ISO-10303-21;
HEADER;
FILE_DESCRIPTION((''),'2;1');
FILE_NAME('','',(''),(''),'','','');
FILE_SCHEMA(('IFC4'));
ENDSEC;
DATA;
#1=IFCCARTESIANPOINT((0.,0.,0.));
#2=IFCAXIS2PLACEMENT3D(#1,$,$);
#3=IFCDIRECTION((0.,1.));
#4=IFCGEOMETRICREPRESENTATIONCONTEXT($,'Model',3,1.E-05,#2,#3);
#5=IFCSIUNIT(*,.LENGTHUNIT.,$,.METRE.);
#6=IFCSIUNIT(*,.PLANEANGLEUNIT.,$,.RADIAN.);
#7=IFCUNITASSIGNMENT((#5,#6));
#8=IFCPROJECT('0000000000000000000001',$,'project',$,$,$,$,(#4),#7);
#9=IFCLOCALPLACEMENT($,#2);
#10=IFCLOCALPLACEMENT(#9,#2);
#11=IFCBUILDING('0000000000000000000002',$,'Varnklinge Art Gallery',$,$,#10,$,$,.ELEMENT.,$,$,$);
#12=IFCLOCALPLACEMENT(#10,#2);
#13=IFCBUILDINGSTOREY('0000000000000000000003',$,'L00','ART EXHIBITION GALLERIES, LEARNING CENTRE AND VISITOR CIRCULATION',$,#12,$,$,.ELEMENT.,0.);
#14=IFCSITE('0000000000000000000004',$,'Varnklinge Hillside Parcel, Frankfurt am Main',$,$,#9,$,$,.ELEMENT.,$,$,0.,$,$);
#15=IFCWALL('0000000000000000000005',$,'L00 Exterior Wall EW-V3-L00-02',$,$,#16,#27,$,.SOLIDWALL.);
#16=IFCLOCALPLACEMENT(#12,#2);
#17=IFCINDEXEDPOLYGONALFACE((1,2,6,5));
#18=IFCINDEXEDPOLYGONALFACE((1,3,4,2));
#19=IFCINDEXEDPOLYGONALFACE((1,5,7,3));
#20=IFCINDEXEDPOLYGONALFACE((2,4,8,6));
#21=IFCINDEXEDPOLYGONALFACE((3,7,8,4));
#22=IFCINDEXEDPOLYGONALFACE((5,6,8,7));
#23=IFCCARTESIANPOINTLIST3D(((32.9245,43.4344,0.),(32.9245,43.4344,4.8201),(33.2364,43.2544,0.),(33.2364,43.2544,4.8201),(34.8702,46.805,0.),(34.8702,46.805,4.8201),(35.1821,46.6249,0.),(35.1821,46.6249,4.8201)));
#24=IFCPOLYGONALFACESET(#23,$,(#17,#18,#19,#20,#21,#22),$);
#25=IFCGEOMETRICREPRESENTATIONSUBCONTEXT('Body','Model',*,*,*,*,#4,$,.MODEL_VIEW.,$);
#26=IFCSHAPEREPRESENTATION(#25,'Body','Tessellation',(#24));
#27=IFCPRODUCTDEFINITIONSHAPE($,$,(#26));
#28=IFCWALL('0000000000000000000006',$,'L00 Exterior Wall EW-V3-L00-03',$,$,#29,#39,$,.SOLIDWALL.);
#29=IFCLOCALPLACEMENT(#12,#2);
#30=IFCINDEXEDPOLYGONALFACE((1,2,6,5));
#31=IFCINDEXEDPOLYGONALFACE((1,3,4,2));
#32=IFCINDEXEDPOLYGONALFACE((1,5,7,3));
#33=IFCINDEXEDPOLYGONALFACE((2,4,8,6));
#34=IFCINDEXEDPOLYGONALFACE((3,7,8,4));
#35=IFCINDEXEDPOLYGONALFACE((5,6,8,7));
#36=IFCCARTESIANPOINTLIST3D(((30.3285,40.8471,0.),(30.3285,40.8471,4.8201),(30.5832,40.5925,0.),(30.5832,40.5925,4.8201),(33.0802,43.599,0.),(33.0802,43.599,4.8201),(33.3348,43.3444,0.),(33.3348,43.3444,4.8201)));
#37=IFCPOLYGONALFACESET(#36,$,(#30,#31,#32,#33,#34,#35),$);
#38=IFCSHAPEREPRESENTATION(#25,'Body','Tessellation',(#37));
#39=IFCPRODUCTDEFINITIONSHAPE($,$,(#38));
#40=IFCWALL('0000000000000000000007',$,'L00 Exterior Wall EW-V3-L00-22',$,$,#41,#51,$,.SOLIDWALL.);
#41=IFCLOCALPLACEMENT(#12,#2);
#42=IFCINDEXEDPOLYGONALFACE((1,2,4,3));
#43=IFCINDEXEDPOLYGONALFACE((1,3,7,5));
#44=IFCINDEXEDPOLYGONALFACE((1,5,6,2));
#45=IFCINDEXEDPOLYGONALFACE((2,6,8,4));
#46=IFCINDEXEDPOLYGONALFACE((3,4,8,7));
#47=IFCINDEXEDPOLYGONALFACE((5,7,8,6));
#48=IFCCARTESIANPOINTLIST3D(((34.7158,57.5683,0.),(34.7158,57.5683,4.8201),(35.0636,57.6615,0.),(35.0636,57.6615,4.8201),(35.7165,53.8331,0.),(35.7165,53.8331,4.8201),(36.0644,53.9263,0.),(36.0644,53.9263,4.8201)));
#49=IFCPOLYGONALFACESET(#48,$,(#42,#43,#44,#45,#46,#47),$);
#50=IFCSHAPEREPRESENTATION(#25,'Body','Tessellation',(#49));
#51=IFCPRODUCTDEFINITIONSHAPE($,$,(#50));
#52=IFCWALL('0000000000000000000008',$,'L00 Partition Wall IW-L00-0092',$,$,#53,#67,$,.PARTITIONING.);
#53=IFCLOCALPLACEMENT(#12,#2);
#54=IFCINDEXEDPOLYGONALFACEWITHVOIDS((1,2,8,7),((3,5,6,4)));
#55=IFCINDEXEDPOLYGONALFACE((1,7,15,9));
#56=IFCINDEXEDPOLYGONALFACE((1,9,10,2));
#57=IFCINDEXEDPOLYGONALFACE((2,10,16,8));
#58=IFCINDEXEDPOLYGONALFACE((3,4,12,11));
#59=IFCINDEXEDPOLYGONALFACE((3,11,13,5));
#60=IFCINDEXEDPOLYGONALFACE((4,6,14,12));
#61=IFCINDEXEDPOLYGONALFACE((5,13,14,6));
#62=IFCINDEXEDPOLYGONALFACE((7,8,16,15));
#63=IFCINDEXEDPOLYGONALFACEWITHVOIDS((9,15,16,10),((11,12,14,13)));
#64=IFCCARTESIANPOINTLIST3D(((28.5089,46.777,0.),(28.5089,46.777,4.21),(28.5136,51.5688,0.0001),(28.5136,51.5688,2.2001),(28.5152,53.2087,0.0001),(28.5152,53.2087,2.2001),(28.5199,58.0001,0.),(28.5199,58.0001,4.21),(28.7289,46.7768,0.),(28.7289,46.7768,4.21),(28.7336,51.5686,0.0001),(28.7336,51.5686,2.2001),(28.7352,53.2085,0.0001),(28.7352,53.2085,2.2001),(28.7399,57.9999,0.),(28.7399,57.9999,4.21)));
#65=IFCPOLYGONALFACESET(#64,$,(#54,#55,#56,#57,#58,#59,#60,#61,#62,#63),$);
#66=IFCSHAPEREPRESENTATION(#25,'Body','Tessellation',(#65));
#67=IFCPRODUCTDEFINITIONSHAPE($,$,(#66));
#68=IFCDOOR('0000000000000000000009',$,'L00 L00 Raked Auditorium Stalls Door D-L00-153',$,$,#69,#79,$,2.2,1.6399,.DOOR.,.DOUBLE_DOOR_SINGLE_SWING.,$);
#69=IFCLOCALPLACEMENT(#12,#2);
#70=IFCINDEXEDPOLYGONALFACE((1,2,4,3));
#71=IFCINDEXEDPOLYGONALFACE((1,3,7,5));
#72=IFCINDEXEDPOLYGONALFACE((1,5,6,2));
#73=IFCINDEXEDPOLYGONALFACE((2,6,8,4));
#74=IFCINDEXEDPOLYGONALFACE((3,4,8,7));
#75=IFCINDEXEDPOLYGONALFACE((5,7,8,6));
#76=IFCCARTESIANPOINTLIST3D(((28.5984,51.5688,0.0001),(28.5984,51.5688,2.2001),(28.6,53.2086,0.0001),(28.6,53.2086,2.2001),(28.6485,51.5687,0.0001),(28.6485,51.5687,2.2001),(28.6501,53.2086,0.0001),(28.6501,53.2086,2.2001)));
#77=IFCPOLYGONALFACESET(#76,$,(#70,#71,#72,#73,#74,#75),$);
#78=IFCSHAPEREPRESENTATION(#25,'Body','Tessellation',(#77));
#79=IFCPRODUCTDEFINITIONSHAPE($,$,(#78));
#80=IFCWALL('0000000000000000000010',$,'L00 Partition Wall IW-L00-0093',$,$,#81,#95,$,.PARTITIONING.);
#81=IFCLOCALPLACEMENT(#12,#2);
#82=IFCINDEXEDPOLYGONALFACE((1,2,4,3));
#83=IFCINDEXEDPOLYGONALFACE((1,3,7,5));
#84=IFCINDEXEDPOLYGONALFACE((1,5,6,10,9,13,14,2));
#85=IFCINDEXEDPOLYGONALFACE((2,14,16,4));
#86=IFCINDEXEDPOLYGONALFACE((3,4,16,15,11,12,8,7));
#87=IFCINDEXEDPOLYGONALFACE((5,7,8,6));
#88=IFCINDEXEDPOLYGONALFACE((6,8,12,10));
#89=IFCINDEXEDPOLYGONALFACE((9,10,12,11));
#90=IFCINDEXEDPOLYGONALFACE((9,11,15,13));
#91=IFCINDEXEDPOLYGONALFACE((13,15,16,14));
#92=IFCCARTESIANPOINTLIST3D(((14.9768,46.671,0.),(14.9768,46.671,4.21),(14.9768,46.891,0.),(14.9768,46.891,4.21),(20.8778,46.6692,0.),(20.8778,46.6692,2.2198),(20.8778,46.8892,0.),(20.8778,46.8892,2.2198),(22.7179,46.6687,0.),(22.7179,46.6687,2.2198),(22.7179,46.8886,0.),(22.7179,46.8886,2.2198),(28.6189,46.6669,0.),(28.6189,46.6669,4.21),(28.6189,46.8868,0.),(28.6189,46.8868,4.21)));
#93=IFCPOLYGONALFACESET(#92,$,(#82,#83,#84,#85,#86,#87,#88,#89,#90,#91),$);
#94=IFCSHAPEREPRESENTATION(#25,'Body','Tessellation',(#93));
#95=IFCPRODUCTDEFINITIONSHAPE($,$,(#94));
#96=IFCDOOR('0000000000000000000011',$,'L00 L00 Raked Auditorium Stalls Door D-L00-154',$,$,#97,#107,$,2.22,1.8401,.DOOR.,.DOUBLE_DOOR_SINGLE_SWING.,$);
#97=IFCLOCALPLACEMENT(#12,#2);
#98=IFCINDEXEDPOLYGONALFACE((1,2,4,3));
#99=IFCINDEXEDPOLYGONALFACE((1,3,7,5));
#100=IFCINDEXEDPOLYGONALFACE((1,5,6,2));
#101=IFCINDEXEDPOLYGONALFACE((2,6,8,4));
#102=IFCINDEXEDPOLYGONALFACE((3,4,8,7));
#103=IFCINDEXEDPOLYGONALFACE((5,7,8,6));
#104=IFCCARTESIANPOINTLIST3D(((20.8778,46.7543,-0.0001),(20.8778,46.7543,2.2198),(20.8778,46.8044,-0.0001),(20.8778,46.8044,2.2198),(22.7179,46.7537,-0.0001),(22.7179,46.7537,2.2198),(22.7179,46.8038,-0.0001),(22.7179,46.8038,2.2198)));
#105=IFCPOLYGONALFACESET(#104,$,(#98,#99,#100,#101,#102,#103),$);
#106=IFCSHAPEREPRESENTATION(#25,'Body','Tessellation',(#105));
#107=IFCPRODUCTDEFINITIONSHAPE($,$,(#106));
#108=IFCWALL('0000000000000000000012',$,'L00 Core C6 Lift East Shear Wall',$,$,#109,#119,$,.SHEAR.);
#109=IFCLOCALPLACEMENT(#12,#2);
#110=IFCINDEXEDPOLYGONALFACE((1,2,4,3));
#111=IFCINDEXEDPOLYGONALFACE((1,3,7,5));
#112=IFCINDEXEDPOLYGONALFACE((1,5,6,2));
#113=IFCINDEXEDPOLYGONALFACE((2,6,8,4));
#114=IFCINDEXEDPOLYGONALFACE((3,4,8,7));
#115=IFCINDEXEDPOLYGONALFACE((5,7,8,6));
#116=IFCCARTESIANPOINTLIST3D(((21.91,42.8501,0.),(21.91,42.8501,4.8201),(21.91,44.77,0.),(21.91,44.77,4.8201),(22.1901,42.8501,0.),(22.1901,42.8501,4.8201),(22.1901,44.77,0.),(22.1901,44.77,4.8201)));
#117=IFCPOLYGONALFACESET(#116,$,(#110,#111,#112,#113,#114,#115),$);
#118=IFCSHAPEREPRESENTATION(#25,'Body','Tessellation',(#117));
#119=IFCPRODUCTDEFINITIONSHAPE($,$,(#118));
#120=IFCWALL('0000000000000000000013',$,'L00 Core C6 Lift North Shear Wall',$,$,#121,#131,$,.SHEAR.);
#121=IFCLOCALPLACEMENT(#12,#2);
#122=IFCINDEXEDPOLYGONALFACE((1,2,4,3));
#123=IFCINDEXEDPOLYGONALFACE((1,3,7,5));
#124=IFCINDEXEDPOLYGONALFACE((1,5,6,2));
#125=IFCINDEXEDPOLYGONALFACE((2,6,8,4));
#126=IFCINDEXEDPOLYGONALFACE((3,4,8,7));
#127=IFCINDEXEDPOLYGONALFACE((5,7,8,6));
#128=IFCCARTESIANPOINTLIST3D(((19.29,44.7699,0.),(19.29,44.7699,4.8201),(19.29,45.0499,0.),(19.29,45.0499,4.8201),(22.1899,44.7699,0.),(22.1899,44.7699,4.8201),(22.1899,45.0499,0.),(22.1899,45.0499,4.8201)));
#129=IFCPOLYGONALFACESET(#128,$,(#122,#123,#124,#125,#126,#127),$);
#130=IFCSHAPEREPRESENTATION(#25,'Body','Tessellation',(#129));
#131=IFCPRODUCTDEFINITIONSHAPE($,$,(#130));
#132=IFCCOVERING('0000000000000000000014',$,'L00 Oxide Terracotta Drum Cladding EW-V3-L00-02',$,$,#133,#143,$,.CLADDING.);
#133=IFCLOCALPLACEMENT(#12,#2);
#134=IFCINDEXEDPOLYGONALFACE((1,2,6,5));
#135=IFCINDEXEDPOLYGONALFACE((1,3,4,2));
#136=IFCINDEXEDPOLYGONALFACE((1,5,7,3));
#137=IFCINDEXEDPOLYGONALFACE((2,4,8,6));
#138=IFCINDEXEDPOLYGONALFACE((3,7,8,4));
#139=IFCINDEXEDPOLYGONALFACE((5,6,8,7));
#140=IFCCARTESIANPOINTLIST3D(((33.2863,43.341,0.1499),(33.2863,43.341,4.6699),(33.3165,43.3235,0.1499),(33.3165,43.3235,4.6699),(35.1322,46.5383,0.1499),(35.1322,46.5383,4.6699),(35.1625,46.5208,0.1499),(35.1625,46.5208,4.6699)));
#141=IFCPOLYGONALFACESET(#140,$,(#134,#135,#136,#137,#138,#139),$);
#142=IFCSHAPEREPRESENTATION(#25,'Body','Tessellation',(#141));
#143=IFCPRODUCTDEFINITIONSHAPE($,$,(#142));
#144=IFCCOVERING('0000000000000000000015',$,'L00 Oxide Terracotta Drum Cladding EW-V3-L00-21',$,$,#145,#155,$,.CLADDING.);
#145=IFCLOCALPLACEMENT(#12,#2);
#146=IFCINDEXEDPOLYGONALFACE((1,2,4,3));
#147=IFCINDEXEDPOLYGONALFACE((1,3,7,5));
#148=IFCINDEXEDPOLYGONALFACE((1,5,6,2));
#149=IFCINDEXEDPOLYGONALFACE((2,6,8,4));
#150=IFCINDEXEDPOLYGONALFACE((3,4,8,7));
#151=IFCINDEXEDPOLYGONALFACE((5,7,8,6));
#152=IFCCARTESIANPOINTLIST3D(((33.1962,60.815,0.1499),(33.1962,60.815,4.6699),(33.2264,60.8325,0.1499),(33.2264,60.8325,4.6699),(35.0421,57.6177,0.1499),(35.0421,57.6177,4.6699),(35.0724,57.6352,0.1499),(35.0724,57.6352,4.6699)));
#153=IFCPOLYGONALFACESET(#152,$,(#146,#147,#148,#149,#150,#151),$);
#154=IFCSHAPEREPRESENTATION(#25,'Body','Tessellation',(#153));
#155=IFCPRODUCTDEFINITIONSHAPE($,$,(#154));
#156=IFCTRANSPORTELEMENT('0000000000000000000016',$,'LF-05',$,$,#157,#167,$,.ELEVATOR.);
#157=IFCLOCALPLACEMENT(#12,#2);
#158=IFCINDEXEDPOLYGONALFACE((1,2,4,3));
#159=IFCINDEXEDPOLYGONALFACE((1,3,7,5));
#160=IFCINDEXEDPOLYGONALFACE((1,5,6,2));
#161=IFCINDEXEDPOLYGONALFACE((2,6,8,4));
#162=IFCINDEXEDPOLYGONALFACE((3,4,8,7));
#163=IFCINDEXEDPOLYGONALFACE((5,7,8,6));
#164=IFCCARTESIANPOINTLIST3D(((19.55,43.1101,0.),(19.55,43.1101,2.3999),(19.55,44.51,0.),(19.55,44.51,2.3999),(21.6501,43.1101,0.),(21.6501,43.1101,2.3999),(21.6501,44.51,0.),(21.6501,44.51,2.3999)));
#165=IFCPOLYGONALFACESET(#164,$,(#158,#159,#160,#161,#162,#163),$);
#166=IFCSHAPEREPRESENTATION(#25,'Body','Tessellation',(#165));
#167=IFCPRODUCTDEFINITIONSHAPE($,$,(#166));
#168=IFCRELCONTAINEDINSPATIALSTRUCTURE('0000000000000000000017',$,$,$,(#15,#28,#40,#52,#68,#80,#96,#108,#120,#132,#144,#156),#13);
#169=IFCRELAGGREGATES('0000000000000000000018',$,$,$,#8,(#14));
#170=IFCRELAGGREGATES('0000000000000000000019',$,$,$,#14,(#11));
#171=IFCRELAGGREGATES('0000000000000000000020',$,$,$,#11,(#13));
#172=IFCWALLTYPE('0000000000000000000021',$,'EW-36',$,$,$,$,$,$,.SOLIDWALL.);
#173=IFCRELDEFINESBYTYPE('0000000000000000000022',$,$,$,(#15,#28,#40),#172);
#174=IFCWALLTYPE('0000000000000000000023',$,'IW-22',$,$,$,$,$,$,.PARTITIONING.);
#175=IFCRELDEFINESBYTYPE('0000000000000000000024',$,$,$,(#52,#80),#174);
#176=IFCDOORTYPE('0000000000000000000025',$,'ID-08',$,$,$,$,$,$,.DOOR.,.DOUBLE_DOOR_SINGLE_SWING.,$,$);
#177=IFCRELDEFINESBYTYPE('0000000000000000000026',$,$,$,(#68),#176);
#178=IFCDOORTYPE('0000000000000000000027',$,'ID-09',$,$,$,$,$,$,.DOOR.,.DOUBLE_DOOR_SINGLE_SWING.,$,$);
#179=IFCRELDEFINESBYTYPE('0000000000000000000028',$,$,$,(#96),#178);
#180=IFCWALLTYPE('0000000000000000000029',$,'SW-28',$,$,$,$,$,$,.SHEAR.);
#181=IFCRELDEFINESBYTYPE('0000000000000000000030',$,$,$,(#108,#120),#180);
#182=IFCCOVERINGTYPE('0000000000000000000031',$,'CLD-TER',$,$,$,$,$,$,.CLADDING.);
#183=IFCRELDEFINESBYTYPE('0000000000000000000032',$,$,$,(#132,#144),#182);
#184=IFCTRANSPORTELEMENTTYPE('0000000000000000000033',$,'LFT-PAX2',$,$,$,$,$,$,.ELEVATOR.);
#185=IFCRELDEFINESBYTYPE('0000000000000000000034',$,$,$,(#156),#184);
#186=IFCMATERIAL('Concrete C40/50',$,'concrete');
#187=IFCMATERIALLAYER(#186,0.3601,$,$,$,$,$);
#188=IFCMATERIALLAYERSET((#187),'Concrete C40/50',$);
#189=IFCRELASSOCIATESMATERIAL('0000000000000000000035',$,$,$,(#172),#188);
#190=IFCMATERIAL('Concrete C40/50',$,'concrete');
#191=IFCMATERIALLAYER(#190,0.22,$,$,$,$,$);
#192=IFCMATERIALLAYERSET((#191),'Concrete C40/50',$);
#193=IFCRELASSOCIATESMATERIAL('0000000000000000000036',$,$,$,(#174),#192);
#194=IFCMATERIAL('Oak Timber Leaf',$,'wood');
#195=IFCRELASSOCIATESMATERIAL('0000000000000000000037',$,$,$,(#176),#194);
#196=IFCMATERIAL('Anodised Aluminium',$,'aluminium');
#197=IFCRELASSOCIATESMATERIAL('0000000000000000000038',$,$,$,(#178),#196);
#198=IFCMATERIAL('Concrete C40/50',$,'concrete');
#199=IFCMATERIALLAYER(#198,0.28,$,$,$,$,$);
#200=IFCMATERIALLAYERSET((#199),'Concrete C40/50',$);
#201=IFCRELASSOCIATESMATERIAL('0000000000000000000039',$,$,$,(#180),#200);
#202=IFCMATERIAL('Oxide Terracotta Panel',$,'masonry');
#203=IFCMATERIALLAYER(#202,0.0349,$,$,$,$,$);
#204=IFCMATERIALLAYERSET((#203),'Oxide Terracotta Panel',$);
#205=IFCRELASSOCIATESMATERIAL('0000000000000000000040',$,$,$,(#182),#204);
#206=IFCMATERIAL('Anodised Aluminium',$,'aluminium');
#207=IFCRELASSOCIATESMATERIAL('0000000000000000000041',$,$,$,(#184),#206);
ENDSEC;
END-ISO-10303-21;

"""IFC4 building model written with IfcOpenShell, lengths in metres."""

from ifc_helpers import new_model, si_unit, direction, frame, frame_2d, origin, origin_2d, place, context, subcontext, project, spatial, rectangle, extrude, material, layer, layer_set, type_object, element, fill, save


model = new_model("IFC4")

# Units and contexts
model_context = context("Model", 3, precision=1e-05, world=origin(), true_north=direction((0.0, 1.0)))
body_context = subcontext(model_context, "Body", "Model", "MODEL_VIEW")
ifc_project = project(units=[si_unit("LENGTHUNIT", "METRE"), si_unit("PLANEANGLEUNIT", "RADIAN")], contexts=[model_context])

# Site, building, storey
site_placement = place(None, origin())
site = spatial("IfcSite", under=ifc_project, at=site_placement, Name="Varnklinge Hillside Parcel, Frankfurt am Main", CompositionType="ELEMENT", RefElevation=0.0)
building_placement = place(site_placement, origin())
building = spatial("IfcBuilding", under=site, at=building_placement, Name="Varnklinge Art Gallery", CompositionType="ELEMENT")
storey_placement = place(building_placement, origin())
storey = spatial("IfcBuildingStorey", under=building, at=storey_placement, Name="L00", Description="ART EXHIBITION GALLERIES, LEARNING CENTRE AND VISITOR CIRCULATION", CompositionType="ELEMENT", Elevation=0.0)

# Walls
ifc_material_1 = material(Name="Concrete C40/50", Category="concrete")
ifc_layer_1 = layer(ifc_material_1, 0.3601)
ifc_layer_set_1 = layer_set([ifc_layer_1], Name="Concrete C40/50")
wall_type_1 = type_object("IfcWallType", Name="EW-36", PredefinedType="SOLIDWALL", material=ifc_layer_set_1)
wall_1_placement = place(storey_placement, frame((35.0261, 46.7148, 0.0), z_axis=(0.0, 0.0, 1.0), x_axis=(-0.499958, -0.86605, 0.0)))
element("IfcWall", 1, at=wall_1_placement, inside=storey, type_object=wall_type_1, Name="L00 Exterior Wall EW-V3-L00-02", PredefinedType="SOLIDWALL", context=body_context, shape_type="SweptSolid", body=[
    extrude(rectangle(XDim=3.8918, YDim=0.3601, at=frame_2d((1.9458, 0.0))), origin(), (0.0, 0.0, 1.0), 4.8201),
])
wall_2_placement = place(storey_placement, frame((33.2075, 43.4717, 0.0), z_axis=(0.0, 0.0, 1.0), x_axis=(-0.707075, -0.707138, 0.0)))
element("IfcWall", 2, at=wall_2_placement, inside=storey, type_object=wall_type_1, Name="L00 Exterior Wall EW-V3-L00-03", PredefinedType="SOLIDWALL", context=body_context, shape_type="SweptSolid", body=[
    extrude(rectangle(XDim=3.8916, YDim=0.3601, at=frame_2d((1.9458, 0.0))), origin(), (0.0, 0.0, 1.0), 4.8201),
])
wall_3_placement = place(storey_placement, frame((34.8896, 57.615, 0.0), z_axis=(0.0, 0.0, 1.0), x_axis=(0.258798, -0.965931, 0.0)))
element("IfcWall", 3, at=wall_3_placement, inside=storey, type_object=wall_type_1, Name="L00 Exterior Wall EW-V3-L00-22", PredefinedType="SOLIDWALL", context=body_context, shape_type="SweptSolid", body=[
    extrude(rectangle(XDim=3.8669, YDim=0.3601, at=frame_2d((1.9336, 0.0))), origin(), (0.0, 0.0, 1.0), 4.8201),
])

# Walls, openings, doors
ifc_material_2 = material(Name="Concrete C40/50", Category="concrete")
ifc_layer_2 = layer(ifc_material_2, 0.22)
ifc_layer_set_2 = layer_set([ifc_layer_2], Name="Concrete C40/50")
wall_type_2 = type_object("IfcWallType", Name="IW-22", PredefinedType="PARTITIONING", material=ifc_layer_set_2)
wall_4_placement = place(storey_placement, frame((28.6299, 58.0, 0.0), z_axis=(0.0, 0.0, 1.0), x_axis=(-0.000979, -1.0, 0.0)))
wall_4 = element("IfcWall", 4, at=wall_4_placement, inside=storey, type_object=wall_type_2, Name="L00 Partition Wall IW-L00-0092", PredefinedType="PARTITIONING", context=body_context, shape_type="SweptSolid", body=[
    extrude(rectangle(XDim=11.2231, YDim=0.22, at=frame_2d((5.6116, 0.0))), origin(), (0.0, 0.0, 1.0), 4.21),
])
opening_1_placement = place(wall_4_placement, frame((4.7915, 0.0, 0.0)))
opening_1 = element("IfcOpeningElement", 5, at=opening_1_placement, cuts=wall_4, PredefinedType="OPENING", context=body_context, shape_type="SweptSolid", body=[
    extrude(rectangle(XDim=1.6399, YDim=2.2, at=frame_2d((0.8198, 1.1001))), frame((0.0, 0.1199, 0.0), z_axis=(0.0, -1.0, 0.0), x_axis=(1.0, 0.0, 0.0)), (0.0, 0.0, 1.0), 0.24),
])
ifc_material_3 = material(Name="Oak Timber Leaf", Category="wood")
door_type_1 = type_object("IfcDoorType", Name="ID-08", OperationType="DOUBLE_DOOR_SINGLE_SWING", PredefinedType="DOOR", material=ifc_material_3)
door_1_placement = place(opening_1_placement, origin())
door_1 = element("IfcDoor", 6, at=door_1_placement, inside=storey, type_object=door_type_1, Name="L00 L00 Raked Auditorium Stalls Door D-L00-153", OperationType="DOUBLE_DOOR_SINGLE_SWING", OverallHeight=2.2, OverallWidth=1.6399, PredefinedType="DOOR", context=body_context, shape_type="SweptSolid", body=[
    extrude(rectangle(XDim=1.6399, YDim=2.2, at=frame_2d((0.8198, 1.1001))), frame((0.0, 0.0249, 0.0), z_axis=(0.0, -1.0, 0.0), x_axis=(1.0, 0.0, 0.0)), (0.0, 0.0, 1.0), 0.05),
])
fill(opening_1, door_1)
wall_5_placement = place(storey_placement, frame((28.6189, 46.7769, 0.0), z_axis=(0.0, 0.0, 1.0), x_axis=(-1.0, 0.000304, 0.0)))
wall_5 = element("IfcWall", 7, at=wall_5_placement, inside=storey, type_object=wall_type_2, Name="L00 Partition Wall IW-L00-0093", PredefinedType="PARTITIONING", context=body_context, shape_type="SweptSolid", body=[
    extrude(rectangle(XDim=13.6421, YDim=0.22, at=frame_2d((6.821, 0.0))), origin(), (0.0, 0.0, 1.0), 4.21),
])
opening_2_placement = place(wall_5_placement, frame((5.9011, 0.0, 0.0)))
opening_2 = element("IfcOpeningElement", 8, at=opening_2_placement, cuts=wall_5, PredefinedType="OPENING", context=body_context, shape_type="SweptSolid", body=[
    extrude(rectangle(XDim=1.8401, YDim=2.22, at=frame_2d((0.9199, 1.1099))), frame((0.0, 0.1199, 0.0), z_axis=(0.0, -1.0, 0.0), x_axis=(1.0, 0.0, 0.0)), (0.0, 0.0, 1.0), 0.24),
])
ifc_material_4 = material(Name="Anodised Aluminium", Category="aluminium")
door_type_2 = type_object("IfcDoorType", Name="ID-09", OperationType="DOUBLE_DOOR_SINGLE_SWING", PredefinedType="DOOR", material=ifc_material_4)
door_2_placement = place(opening_2_placement, origin())
door_2 = element("IfcDoor", 9, at=door_2_placement, inside=storey, type_object=door_type_2, Name="L00 L00 Raked Auditorium Stalls Door D-L00-154", OperationType="DOUBLE_DOOR_SINGLE_SWING", OverallHeight=2.22, OverallWidth=1.8401, PredefinedType="DOOR", context=body_context, shape_type="SweptSolid", body=[
    extrude(rectangle(XDim=1.8401, YDim=2.22, at=frame_2d((0.9199, 1.1099))), frame((0.0, 0.0249, 0.0), z_axis=(0.0, -1.0, 0.0), x_axis=(1.0, 0.0, 0.0)), (0.0, 0.0, 1.0), 0.05),
])
fill(opening_2, door_2)

# Walls
ifc_material_5 = material(Name="Concrete C40/50", Category="concrete")
ifc_layer_3 = layer(ifc_material_5, 0.28)
ifc_layer_set_3 = layer_set([ifc_layer_3], Name="Concrete C40/50")
wall_type_3 = type_object("IfcWallType", Name="SW-28", PredefinedType="SHEAR", material=ifc_layer_set_3)
wall_6_placement = place(storey_placement, frame((22.05, 42.8501, 0.0), z_axis=(0.0, 0.0, 1.0), x_axis=(0.0, 1.0, 0.0)))
element("IfcWall", 10, at=wall_6_placement, inside=storey, type_object=wall_type_3, Name="L00 Core C6 Lift East Shear Wall", PredefinedType="SHEAR", context=body_context, shape_type="SweptSolid", body=[
    extrude(rectangle(XDim=1.9199, YDim=0.28, at=frame_2d((0.96, 0.0))), origin(), (0.0, 0.0, 1.0), 4.8201),
])
wall_7_placement = place(storey_placement, frame((22.1899, 44.9099, 0.0), z_axis=(0.0, 0.0, 1.0), x_axis=(-1.0, 0.0, 0.0)))
element("IfcWall", 11, at=wall_7_placement, inside=storey, type_object=wall_type_3, Name="L00 Core C6 Lift North Shear Wall", PredefinedType="SHEAR", context=body_context, shape_type="SweptSolid", body=[
    extrude(rectangle(XDim=2.8999, YDim=0.28, at=frame_2d((1.45, 0.0))), origin(), (0.0, 0.0, 1.0), 4.8201),
])

# Coverings
ifc_material_6 = material(Name="Oxide Terracotta Panel", Category="masonry")
ifc_layer_4 = layer(ifc_material_6, 0.0349)
ifc_layer_set_4 = layer_set([ifc_layer_4], Name="Oxide Terracotta Panel")
covering_type = type_object("IfcCoveringType", Name="CLD-TER", PredefinedType="CLADDING", material=ifc_layer_set_4)
for number, where, z_axis, x_axis, name in (
    (12, (34.2244, 44.9309, 0.1499), (0.0, 0.0, 1.0), (-0.5, -0.866025, 0.0), "L00 Oxide Terracotta Drum Cladding EW-V3-L00-02"),
    (13, (34.1343, 59.2251, 0.1499), (0.0, 0.0, 1.0), (0.5, -0.866025, 0.0), "L00 Oxide Terracotta Drum Cladding EW-V3-L00-21"),
):
    element("IfcCovering", number, at=place(storey_placement, frame(where, z_axis=z_axis, x_axis=x_axis)), inside=storey, type_object=covering_type, Name=name, PredefinedType="CLADDING", context=body_context, shape_type="SweptSolid", body=[
        extrude(rectangle(XDim=3.6919, YDim=0.0349, at=origin_2d()), origin(), (0.0, 0.0, 1.0), 4.52),
    ])

# Transport element
ifc_material_7 = material(Name="Anodised Aluminium", Category="aluminium")
transport_element_type = type_object("IfcTransportElementType", Name="LFT-PAX2", PredefinedType="ELEVATOR", material=ifc_material_7)
transport_element_placement = place(storey_placement, frame((20.6001, 43.8101, 0.0), z_axis=(0.0, 0.0, 1.0), x_axis=(1.0, 0.0, 0.0)))
element("IfcTransportElement", 14, at=transport_element_placement, inside=storey, type_object=transport_element_type, Name="LF-05", PredefinedType="ELEVATOR", context=body_context, shape_type="SweptSolid", body=[
    extrude(rectangle(XDim=2.1001, YDim=1.3999, at=origin_2d()), origin(), (0.0, 0.0, 1.0), 2.3999),
])

save(model, "model.ifc")
